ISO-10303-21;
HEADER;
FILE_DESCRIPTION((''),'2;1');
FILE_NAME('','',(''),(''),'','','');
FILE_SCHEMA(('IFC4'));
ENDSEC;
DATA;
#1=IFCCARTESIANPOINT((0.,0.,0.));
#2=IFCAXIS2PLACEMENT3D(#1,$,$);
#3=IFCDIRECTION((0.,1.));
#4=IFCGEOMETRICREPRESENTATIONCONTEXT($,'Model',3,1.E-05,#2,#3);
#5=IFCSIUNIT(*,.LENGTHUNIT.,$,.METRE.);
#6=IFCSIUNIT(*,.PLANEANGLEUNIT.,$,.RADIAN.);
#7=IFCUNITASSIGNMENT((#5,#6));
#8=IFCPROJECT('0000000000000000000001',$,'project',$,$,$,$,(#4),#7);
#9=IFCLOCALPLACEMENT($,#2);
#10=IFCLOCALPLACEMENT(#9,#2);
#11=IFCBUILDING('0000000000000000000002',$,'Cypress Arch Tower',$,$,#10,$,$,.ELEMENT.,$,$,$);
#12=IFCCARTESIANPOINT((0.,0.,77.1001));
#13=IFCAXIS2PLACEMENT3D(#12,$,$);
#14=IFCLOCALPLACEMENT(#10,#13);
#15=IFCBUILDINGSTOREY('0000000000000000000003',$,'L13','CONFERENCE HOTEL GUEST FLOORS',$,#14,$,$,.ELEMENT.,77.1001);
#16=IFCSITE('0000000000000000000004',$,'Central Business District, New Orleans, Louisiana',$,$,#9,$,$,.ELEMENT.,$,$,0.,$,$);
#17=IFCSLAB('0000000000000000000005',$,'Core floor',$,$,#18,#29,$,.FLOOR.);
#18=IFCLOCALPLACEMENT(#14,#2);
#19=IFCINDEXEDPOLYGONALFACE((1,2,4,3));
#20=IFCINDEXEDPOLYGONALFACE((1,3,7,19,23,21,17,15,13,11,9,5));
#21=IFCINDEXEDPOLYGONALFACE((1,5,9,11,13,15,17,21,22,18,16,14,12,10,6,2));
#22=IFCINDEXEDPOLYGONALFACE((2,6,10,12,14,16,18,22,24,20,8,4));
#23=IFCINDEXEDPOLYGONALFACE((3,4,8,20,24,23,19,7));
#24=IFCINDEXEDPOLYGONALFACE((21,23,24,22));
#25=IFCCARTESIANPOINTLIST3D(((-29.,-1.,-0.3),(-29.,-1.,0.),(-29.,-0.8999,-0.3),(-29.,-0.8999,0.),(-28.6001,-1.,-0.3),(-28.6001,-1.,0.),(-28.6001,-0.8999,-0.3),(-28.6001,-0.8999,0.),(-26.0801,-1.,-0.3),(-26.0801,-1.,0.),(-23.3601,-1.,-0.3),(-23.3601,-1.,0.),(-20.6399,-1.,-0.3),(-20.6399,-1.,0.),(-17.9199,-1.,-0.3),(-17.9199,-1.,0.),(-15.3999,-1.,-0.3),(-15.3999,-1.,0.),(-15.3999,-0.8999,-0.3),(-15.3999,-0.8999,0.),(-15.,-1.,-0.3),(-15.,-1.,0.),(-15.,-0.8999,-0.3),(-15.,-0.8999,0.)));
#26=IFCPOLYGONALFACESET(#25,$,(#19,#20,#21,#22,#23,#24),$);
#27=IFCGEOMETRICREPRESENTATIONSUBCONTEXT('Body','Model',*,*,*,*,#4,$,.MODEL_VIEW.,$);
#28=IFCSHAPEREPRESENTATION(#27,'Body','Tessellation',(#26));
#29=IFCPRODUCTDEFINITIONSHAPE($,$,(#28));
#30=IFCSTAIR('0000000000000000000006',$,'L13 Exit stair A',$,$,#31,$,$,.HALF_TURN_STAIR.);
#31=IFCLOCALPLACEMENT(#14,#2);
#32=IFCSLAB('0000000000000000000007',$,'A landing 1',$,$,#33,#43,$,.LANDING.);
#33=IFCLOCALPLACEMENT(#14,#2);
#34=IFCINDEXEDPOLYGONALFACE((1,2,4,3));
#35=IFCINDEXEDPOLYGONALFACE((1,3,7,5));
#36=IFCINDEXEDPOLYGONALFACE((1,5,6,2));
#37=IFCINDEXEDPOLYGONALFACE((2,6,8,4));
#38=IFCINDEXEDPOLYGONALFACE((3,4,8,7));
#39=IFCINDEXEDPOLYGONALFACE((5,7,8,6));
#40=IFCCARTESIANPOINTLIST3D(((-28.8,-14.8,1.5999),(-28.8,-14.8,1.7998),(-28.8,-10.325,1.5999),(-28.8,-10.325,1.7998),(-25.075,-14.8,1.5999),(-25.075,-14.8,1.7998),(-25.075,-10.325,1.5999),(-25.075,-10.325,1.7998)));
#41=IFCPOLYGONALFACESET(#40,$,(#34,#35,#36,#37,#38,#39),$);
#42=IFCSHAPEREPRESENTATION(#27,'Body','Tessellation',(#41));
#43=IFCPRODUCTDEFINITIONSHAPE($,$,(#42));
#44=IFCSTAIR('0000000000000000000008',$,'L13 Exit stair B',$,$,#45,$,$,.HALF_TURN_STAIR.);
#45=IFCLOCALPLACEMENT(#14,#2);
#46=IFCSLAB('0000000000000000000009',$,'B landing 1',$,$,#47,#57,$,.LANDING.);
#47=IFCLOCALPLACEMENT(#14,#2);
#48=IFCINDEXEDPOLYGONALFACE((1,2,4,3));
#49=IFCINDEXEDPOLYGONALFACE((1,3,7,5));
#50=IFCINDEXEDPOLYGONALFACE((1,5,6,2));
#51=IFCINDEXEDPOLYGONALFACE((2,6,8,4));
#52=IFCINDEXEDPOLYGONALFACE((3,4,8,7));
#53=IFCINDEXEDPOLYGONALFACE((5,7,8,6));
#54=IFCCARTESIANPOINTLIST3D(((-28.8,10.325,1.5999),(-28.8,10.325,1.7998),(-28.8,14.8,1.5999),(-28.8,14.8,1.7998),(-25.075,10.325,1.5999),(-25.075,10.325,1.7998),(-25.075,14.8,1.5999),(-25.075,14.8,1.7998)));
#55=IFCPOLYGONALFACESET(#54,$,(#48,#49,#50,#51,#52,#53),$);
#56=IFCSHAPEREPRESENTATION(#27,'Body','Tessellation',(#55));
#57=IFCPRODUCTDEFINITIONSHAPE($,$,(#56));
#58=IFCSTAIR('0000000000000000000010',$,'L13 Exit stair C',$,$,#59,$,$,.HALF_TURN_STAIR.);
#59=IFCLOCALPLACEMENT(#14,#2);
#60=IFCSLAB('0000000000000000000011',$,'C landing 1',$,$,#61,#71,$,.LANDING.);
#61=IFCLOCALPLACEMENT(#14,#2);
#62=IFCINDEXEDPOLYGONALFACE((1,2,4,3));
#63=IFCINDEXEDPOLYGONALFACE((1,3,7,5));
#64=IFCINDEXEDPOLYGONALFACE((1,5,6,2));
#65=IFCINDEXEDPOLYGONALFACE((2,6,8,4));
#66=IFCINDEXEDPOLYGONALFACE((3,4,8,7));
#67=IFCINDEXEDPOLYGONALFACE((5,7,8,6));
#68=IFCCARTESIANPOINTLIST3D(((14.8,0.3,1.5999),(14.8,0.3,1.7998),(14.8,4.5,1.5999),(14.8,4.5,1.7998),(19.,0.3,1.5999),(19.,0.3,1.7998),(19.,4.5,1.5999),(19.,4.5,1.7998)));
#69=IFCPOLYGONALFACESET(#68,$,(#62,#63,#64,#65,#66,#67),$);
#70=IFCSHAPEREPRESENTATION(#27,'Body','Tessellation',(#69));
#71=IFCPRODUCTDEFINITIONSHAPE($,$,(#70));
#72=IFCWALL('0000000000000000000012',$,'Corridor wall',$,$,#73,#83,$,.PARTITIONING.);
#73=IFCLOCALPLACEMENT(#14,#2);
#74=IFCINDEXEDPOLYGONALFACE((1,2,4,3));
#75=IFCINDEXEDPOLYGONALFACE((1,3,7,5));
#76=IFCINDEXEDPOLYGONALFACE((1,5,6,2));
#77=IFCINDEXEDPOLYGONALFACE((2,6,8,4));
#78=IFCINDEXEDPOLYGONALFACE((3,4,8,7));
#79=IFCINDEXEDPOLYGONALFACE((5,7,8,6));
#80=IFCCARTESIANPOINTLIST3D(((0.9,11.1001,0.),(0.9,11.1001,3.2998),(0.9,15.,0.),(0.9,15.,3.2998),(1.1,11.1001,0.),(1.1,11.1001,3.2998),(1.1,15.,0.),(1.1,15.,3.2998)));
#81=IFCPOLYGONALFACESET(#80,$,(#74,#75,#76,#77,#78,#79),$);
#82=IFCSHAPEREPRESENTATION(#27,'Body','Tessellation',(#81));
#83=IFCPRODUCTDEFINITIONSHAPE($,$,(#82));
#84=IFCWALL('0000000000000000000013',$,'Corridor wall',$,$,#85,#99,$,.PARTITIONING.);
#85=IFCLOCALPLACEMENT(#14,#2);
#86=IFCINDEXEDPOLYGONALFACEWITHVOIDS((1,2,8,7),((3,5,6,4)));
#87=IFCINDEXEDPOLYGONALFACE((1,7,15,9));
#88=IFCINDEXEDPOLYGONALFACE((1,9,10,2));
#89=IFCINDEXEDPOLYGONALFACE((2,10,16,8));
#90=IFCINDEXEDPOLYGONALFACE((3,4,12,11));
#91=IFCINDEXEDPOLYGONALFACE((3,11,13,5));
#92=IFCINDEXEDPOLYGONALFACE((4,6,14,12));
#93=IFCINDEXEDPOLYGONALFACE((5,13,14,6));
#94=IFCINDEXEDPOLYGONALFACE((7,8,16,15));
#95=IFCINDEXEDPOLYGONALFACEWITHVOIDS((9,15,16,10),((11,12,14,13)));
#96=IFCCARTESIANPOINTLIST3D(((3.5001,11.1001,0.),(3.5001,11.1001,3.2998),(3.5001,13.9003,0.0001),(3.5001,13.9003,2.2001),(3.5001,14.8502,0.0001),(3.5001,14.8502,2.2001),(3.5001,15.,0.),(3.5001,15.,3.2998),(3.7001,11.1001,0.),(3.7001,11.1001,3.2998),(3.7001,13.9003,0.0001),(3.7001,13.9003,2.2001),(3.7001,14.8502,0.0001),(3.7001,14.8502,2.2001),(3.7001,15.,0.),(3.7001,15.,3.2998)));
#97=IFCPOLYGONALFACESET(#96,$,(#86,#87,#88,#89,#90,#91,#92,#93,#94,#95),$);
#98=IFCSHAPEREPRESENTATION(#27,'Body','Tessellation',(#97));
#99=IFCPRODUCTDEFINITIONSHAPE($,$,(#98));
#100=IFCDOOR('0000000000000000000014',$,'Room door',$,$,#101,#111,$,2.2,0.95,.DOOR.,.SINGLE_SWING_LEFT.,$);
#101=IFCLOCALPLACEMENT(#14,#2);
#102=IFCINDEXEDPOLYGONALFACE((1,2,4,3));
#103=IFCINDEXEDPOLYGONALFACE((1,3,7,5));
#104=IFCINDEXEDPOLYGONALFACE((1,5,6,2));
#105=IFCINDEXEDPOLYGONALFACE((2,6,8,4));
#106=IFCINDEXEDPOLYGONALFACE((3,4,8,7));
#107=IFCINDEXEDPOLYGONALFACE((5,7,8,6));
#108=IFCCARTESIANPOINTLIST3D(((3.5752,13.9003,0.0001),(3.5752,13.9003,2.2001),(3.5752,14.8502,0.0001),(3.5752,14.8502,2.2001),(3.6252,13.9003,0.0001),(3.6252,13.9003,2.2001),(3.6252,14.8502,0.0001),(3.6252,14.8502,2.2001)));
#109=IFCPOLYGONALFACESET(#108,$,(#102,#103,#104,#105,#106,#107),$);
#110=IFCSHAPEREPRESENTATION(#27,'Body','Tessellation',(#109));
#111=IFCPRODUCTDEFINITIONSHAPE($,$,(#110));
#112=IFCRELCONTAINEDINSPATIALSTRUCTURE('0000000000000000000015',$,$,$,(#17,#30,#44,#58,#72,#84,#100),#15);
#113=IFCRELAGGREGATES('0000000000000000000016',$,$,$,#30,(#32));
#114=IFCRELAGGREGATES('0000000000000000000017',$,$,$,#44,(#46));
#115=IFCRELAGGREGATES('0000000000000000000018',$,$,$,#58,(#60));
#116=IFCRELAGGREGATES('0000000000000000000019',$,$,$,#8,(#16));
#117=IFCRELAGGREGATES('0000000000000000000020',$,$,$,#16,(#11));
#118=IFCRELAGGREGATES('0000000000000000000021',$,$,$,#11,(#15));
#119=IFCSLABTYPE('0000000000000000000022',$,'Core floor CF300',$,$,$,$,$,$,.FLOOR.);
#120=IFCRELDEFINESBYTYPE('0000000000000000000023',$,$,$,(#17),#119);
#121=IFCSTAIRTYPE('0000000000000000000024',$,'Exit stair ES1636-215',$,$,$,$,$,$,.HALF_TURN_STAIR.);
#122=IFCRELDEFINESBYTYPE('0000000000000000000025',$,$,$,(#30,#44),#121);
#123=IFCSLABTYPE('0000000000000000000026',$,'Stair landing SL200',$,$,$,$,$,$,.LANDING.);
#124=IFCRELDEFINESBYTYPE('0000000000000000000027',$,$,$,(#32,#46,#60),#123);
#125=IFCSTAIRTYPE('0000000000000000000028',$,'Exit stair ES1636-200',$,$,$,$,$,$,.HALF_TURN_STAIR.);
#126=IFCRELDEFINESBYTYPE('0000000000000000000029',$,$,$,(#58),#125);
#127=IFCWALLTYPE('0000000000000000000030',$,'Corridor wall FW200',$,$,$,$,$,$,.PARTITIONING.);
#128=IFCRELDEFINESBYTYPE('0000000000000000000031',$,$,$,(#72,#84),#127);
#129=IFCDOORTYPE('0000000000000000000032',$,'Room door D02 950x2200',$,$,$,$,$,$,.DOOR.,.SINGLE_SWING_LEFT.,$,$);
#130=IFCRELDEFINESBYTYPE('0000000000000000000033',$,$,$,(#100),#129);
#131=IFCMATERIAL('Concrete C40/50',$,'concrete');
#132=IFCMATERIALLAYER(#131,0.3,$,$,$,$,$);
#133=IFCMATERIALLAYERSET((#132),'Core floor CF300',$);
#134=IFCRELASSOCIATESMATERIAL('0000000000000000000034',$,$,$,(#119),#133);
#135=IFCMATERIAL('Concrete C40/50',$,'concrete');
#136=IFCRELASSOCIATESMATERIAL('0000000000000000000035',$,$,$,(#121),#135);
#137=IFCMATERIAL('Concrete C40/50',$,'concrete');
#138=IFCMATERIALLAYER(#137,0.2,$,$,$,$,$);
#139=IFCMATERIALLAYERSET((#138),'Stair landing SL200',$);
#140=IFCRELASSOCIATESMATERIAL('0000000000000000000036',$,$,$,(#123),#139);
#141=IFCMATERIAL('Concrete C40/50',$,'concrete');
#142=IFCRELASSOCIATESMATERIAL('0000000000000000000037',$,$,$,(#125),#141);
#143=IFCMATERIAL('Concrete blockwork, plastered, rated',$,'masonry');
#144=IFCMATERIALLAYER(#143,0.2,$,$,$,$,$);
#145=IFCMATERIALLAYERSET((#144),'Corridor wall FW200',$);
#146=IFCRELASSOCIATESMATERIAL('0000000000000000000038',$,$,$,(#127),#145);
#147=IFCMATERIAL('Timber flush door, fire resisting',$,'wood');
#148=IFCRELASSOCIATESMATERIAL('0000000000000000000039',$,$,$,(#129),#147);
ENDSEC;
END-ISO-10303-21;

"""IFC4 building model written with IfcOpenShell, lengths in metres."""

from ifc_helpers import new_model, si_unit, direction, frame, frame_2d, origin, place, context, subcontext, project, spatial, polyline, rectangle, outline, extrude, material, layer, layer_set, type_object, element, fill, aggregate, save


model = new_model("IFC4")

# Units and contexts
model_context = context("Model", 3, precision=1e-05, world=origin(), true_north=direction((0.0, 1.0)))
body_context = subcontext(model_context, "Body", "Model", "MODEL_VIEW")
ifc_project = project(units=[si_unit("LENGTHUNIT", "METRE"), si_unit("PLANEANGLEUNIT", "RADIAN")], contexts=[model_context])

# Site, building, storey
site_placement = place(None, origin())
site = spatial("IfcSite", under=ifc_project, at=site_placement, Name="Central Business District, New Orleans, Louisiana", CompositionType="ELEMENT", RefElevation=0.0)
building_placement = place(site_placement, origin())
building = spatial("IfcBuilding", under=site, at=building_placement, Name="Cypress Arch Tower", CompositionType="ELEMENT")
storey_placement = place(building_placement, frame((0.0, 0.0, 77.1001)))
storey = spatial("IfcBuildingStorey", under=building, at=storey_placement, Name="L13", Description="CONFERENCE HOTEL GUEST FLOORS", CompositionType="ELEMENT", Elevation=77.1001)

# Slab
ifc_material_1 = material(Name="Concrete C40/50", Category="concrete")
ifc_layer_1 = layer(ifc_material_1, 0.3)
ifc_layer_set_1 = layer_set([ifc_layer_1], Name="Core floor CF300")
slab_type_1 = type_object("IfcSlabType", Name="Core floor CF300", PredefinedType="FLOOR", material=ifc_layer_set_1)
slab_1_placement = place(storey_placement, frame((0.0, 0.0, -0.3)))
element("IfcSlab", 1, at=slab_1_placement, inside=storey, type_object=slab_type_1, Name="Core floor", PredefinedType="FLOOR", context=body_context, shape_type="SweptSolid", body=[
    extrude(outline(polyline([(-20.6399, -1.0), (-23.3601, -1.0), (-26.0801, -1.0), (-28.6001, -1.0), (-29.0, -1.0), (-29.0, -0.8999), (-28.6001, -0.8999), (-15.3999, -0.8999), (-15.0, -0.8999), (-15.0, -1.0), (-15.3999, -1.0), (-17.9199, -1.0), (-20.6399, -1.0)])), origin(), (0.0, 0.0, 1.0), 0.3),
])

# Stairs, slabs
ifc_material_2 = material(Name="Concrete C40/50", Category="concrete")
stair_type_1 = type_object("IfcStairType", Name="Exit stair ES1636-215", PredefinedType="HALF_TURN_STAIR", material=ifc_material_2)
stair_1_placement = place(storey_placement, origin())
stair_1 = element("IfcStair", 2, at=stair_1_placement, inside=storey, type_object=stair_type_1, Name="L13 Exit stair A", PredefinedType="HALF_TURN_STAIR")
ifc_material_3 = material(Name="Concrete C40/50", Category="concrete")
ifc_layer_2 = layer(ifc_material_3, 0.2)
ifc_layer_set_2 = layer_set([ifc_layer_2], Name="Stair landing SL200")
slab_type_2 = type_object("IfcSlabType", Name="Stair landing SL200", PredefinedType="LANDING", material=ifc_layer_set_2)
slab_2_placement = place(storey_placement, frame((0.0, 0.0, 1.5999)))
slab_2 = element("IfcSlab", 3, at=slab_2_placement, type_object=slab_type_2, Name="A landing 1", PredefinedType="LANDING", context=body_context, shape_type="SweptSolid", body=[
    extrude(outline(polyline([(-25.075, -10.325), (-28.8, -10.325), (-28.8, -14.8), (-25.075, -14.8), (-25.075, -10.325)])), origin(), (0.0, 0.0, 1.0), 0.2),
])
aggregate(stair_1, [slab_2])
stair_2_placement = place(storey_placement, origin())
stair_2 = element("IfcStair", 4, at=stair_2_placement, inside=storey, type_object=stair_type_1, Name="L13 Exit stair B", PredefinedType="HALF_TURN_STAIR")
slab_3_placement = place(storey_placement, frame((0.0, 0.0, 1.5999)))
slab_3 = element("IfcSlab", 5, at=slab_3_placement, type_object=slab_type_2, Name="B landing 1", PredefinedType="LANDING", context=body_context, shape_type="SweptSolid", body=[
    extrude(outline(polyline([(-25.075, 14.8), (-28.8, 14.8), (-28.8, 10.325), (-25.075, 10.325), (-25.075, 14.8)])), origin(), (0.0, 0.0, 1.0), 0.2),
])
aggregate(stair_2, [slab_3])
ifc_material_4 = material(Name="Concrete C40/50", Category="concrete")
stair_type_2 = type_object("IfcStairType", Name="Exit stair ES1636-200", PredefinedType="HALF_TURN_STAIR", material=ifc_material_4)
stair_3_placement = place(storey_placement, origin())
stair_3 = element("IfcStair", 6, at=stair_3_placement, inside=storey, type_object=stair_type_2, Name="L13 Exit stair C", PredefinedType="HALF_TURN_STAIR")
slab_4_placement = place(storey_placement, frame((0.0, 0.0, 1.5999)))
slab_4 = element("IfcSlab", 7, at=slab_4_placement, type_object=slab_type_2, Name="C landing 1", PredefinedType="LANDING", context=body_context, shape_type="SweptSolid", body=[
    extrude(outline(polyline([(19.0, 0.3), (19.0, 4.5), (14.8, 4.5), (14.8, 0.3), (19.0, 0.3)])), origin(), (0.0, 0.0, 1.0), 0.2),
])
aggregate(stair_3, [slab_4])

# Wall
ifc_material_5 = material(Name="Concrete blockwork, plastered, rated", Category="masonry")
ifc_layer_3 = layer(ifc_material_5, 0.2)
ifc_layer_set_3 = layer_set([ifc_layer_3], Name="Corridor wall FW200")
wall_type = type_object("IfcWallType", Name="Corridor wall FW200", PredefinedType="PARTITIONING", material=ifc_layer_set_3)
wall_1_placement = place(storey_placement, frame((1.0, 11.1001, 0.0), z_axis=(0.0, 0.0, 1.0), x_axis=(0.0, 1.0, 0.0)))
element("IfcWall", 8, at=wall_1_placement, inside=storey, type_object=wall_type, Name="Corridor wall", PredefinedType="PARTITIONING", context=body_context, shape_type="SweptSolid", body=[
    extrude(rectangle(XDim=3.8999, YDim=0.2, at=frame_2d((1.95, 0.0))), origin(), (0.0, 0.0, 1.0), 3.2998),
])

# Wall, opening, door
wall_2_placement = place(storey_placement, frame((3.6001, 11.1001, 0.0), z_axis=(0.0, 0.0, 1.0), x_axis=(0.0, 1.0, 0.0)))
wall_2 = element("IfcWall", 9, at=wall_2_placement, inside=storey, type_object=wall_type, Name="Corridor wall", PredefinedType="PARTITIONING", context=body_context, shape_type="SweptSolid", body=[
    extrude(rectangle(XDim=3.8999, YDim=0.2, at=frame_2d((1.95, 0.0))), origin(), (0.0, 0.0, 1.0), 3.2998),
])
opening_placement = place(wall_2_placement, frame((2.8, 0.0, 0.0)))
opening = element("IfcOpeningElement", 10, at=opening_placement, cuts=wall_2, PredefinedType="OPENING", context=body_context, shape_type="SweptSolid", body=[
    extrude(rectangle(XDim=0.95, YDim=2.2, at=frame_2d((0.4751, 1.1001))), frame((0.0, 0.1099, 0.0), z_axis=(0.0, -1.0, 0.0), x_axis=(1.0, 0.0, 0.0)), (0.0, 0.0, 1.0), 0.22),
])
ifc_material_6 = material(Name="Timber flush door, fire resisting", Category="wood")
door_type = type_object("IfcDoorType", Name="Room door D02 950x2200", OperationType="SINGLE_SWING_LEFT", PredefinedType="DOOR", material=ifc_material_6)
door_placement = place(opening_placement, origin())
door = element("IfcDoor", 11, at=door_placement, inside=storey, type_object=door_type, Name="Room door", OperationType="SINGLE_SWING_LEFT", OverallHeight=2.2, OverallWidth=0.95, PredefinedType="DOOR", context=body_context, shape_type="SweptSolid", body=[
    extrude(rectangle(XDim=0.95, YDim=2.2, at=frame_2d((0.4751, 1.1001))), frame((0.0, 0.0249, 0.0), z_axis=(0.0, -1.0, 0.0), x_axis=(1.0, 0.0, 0.0)), (0.0, 0.0, 1.0), 0.05),
])
fill(opening, door)

save(model, "model.ifc")
